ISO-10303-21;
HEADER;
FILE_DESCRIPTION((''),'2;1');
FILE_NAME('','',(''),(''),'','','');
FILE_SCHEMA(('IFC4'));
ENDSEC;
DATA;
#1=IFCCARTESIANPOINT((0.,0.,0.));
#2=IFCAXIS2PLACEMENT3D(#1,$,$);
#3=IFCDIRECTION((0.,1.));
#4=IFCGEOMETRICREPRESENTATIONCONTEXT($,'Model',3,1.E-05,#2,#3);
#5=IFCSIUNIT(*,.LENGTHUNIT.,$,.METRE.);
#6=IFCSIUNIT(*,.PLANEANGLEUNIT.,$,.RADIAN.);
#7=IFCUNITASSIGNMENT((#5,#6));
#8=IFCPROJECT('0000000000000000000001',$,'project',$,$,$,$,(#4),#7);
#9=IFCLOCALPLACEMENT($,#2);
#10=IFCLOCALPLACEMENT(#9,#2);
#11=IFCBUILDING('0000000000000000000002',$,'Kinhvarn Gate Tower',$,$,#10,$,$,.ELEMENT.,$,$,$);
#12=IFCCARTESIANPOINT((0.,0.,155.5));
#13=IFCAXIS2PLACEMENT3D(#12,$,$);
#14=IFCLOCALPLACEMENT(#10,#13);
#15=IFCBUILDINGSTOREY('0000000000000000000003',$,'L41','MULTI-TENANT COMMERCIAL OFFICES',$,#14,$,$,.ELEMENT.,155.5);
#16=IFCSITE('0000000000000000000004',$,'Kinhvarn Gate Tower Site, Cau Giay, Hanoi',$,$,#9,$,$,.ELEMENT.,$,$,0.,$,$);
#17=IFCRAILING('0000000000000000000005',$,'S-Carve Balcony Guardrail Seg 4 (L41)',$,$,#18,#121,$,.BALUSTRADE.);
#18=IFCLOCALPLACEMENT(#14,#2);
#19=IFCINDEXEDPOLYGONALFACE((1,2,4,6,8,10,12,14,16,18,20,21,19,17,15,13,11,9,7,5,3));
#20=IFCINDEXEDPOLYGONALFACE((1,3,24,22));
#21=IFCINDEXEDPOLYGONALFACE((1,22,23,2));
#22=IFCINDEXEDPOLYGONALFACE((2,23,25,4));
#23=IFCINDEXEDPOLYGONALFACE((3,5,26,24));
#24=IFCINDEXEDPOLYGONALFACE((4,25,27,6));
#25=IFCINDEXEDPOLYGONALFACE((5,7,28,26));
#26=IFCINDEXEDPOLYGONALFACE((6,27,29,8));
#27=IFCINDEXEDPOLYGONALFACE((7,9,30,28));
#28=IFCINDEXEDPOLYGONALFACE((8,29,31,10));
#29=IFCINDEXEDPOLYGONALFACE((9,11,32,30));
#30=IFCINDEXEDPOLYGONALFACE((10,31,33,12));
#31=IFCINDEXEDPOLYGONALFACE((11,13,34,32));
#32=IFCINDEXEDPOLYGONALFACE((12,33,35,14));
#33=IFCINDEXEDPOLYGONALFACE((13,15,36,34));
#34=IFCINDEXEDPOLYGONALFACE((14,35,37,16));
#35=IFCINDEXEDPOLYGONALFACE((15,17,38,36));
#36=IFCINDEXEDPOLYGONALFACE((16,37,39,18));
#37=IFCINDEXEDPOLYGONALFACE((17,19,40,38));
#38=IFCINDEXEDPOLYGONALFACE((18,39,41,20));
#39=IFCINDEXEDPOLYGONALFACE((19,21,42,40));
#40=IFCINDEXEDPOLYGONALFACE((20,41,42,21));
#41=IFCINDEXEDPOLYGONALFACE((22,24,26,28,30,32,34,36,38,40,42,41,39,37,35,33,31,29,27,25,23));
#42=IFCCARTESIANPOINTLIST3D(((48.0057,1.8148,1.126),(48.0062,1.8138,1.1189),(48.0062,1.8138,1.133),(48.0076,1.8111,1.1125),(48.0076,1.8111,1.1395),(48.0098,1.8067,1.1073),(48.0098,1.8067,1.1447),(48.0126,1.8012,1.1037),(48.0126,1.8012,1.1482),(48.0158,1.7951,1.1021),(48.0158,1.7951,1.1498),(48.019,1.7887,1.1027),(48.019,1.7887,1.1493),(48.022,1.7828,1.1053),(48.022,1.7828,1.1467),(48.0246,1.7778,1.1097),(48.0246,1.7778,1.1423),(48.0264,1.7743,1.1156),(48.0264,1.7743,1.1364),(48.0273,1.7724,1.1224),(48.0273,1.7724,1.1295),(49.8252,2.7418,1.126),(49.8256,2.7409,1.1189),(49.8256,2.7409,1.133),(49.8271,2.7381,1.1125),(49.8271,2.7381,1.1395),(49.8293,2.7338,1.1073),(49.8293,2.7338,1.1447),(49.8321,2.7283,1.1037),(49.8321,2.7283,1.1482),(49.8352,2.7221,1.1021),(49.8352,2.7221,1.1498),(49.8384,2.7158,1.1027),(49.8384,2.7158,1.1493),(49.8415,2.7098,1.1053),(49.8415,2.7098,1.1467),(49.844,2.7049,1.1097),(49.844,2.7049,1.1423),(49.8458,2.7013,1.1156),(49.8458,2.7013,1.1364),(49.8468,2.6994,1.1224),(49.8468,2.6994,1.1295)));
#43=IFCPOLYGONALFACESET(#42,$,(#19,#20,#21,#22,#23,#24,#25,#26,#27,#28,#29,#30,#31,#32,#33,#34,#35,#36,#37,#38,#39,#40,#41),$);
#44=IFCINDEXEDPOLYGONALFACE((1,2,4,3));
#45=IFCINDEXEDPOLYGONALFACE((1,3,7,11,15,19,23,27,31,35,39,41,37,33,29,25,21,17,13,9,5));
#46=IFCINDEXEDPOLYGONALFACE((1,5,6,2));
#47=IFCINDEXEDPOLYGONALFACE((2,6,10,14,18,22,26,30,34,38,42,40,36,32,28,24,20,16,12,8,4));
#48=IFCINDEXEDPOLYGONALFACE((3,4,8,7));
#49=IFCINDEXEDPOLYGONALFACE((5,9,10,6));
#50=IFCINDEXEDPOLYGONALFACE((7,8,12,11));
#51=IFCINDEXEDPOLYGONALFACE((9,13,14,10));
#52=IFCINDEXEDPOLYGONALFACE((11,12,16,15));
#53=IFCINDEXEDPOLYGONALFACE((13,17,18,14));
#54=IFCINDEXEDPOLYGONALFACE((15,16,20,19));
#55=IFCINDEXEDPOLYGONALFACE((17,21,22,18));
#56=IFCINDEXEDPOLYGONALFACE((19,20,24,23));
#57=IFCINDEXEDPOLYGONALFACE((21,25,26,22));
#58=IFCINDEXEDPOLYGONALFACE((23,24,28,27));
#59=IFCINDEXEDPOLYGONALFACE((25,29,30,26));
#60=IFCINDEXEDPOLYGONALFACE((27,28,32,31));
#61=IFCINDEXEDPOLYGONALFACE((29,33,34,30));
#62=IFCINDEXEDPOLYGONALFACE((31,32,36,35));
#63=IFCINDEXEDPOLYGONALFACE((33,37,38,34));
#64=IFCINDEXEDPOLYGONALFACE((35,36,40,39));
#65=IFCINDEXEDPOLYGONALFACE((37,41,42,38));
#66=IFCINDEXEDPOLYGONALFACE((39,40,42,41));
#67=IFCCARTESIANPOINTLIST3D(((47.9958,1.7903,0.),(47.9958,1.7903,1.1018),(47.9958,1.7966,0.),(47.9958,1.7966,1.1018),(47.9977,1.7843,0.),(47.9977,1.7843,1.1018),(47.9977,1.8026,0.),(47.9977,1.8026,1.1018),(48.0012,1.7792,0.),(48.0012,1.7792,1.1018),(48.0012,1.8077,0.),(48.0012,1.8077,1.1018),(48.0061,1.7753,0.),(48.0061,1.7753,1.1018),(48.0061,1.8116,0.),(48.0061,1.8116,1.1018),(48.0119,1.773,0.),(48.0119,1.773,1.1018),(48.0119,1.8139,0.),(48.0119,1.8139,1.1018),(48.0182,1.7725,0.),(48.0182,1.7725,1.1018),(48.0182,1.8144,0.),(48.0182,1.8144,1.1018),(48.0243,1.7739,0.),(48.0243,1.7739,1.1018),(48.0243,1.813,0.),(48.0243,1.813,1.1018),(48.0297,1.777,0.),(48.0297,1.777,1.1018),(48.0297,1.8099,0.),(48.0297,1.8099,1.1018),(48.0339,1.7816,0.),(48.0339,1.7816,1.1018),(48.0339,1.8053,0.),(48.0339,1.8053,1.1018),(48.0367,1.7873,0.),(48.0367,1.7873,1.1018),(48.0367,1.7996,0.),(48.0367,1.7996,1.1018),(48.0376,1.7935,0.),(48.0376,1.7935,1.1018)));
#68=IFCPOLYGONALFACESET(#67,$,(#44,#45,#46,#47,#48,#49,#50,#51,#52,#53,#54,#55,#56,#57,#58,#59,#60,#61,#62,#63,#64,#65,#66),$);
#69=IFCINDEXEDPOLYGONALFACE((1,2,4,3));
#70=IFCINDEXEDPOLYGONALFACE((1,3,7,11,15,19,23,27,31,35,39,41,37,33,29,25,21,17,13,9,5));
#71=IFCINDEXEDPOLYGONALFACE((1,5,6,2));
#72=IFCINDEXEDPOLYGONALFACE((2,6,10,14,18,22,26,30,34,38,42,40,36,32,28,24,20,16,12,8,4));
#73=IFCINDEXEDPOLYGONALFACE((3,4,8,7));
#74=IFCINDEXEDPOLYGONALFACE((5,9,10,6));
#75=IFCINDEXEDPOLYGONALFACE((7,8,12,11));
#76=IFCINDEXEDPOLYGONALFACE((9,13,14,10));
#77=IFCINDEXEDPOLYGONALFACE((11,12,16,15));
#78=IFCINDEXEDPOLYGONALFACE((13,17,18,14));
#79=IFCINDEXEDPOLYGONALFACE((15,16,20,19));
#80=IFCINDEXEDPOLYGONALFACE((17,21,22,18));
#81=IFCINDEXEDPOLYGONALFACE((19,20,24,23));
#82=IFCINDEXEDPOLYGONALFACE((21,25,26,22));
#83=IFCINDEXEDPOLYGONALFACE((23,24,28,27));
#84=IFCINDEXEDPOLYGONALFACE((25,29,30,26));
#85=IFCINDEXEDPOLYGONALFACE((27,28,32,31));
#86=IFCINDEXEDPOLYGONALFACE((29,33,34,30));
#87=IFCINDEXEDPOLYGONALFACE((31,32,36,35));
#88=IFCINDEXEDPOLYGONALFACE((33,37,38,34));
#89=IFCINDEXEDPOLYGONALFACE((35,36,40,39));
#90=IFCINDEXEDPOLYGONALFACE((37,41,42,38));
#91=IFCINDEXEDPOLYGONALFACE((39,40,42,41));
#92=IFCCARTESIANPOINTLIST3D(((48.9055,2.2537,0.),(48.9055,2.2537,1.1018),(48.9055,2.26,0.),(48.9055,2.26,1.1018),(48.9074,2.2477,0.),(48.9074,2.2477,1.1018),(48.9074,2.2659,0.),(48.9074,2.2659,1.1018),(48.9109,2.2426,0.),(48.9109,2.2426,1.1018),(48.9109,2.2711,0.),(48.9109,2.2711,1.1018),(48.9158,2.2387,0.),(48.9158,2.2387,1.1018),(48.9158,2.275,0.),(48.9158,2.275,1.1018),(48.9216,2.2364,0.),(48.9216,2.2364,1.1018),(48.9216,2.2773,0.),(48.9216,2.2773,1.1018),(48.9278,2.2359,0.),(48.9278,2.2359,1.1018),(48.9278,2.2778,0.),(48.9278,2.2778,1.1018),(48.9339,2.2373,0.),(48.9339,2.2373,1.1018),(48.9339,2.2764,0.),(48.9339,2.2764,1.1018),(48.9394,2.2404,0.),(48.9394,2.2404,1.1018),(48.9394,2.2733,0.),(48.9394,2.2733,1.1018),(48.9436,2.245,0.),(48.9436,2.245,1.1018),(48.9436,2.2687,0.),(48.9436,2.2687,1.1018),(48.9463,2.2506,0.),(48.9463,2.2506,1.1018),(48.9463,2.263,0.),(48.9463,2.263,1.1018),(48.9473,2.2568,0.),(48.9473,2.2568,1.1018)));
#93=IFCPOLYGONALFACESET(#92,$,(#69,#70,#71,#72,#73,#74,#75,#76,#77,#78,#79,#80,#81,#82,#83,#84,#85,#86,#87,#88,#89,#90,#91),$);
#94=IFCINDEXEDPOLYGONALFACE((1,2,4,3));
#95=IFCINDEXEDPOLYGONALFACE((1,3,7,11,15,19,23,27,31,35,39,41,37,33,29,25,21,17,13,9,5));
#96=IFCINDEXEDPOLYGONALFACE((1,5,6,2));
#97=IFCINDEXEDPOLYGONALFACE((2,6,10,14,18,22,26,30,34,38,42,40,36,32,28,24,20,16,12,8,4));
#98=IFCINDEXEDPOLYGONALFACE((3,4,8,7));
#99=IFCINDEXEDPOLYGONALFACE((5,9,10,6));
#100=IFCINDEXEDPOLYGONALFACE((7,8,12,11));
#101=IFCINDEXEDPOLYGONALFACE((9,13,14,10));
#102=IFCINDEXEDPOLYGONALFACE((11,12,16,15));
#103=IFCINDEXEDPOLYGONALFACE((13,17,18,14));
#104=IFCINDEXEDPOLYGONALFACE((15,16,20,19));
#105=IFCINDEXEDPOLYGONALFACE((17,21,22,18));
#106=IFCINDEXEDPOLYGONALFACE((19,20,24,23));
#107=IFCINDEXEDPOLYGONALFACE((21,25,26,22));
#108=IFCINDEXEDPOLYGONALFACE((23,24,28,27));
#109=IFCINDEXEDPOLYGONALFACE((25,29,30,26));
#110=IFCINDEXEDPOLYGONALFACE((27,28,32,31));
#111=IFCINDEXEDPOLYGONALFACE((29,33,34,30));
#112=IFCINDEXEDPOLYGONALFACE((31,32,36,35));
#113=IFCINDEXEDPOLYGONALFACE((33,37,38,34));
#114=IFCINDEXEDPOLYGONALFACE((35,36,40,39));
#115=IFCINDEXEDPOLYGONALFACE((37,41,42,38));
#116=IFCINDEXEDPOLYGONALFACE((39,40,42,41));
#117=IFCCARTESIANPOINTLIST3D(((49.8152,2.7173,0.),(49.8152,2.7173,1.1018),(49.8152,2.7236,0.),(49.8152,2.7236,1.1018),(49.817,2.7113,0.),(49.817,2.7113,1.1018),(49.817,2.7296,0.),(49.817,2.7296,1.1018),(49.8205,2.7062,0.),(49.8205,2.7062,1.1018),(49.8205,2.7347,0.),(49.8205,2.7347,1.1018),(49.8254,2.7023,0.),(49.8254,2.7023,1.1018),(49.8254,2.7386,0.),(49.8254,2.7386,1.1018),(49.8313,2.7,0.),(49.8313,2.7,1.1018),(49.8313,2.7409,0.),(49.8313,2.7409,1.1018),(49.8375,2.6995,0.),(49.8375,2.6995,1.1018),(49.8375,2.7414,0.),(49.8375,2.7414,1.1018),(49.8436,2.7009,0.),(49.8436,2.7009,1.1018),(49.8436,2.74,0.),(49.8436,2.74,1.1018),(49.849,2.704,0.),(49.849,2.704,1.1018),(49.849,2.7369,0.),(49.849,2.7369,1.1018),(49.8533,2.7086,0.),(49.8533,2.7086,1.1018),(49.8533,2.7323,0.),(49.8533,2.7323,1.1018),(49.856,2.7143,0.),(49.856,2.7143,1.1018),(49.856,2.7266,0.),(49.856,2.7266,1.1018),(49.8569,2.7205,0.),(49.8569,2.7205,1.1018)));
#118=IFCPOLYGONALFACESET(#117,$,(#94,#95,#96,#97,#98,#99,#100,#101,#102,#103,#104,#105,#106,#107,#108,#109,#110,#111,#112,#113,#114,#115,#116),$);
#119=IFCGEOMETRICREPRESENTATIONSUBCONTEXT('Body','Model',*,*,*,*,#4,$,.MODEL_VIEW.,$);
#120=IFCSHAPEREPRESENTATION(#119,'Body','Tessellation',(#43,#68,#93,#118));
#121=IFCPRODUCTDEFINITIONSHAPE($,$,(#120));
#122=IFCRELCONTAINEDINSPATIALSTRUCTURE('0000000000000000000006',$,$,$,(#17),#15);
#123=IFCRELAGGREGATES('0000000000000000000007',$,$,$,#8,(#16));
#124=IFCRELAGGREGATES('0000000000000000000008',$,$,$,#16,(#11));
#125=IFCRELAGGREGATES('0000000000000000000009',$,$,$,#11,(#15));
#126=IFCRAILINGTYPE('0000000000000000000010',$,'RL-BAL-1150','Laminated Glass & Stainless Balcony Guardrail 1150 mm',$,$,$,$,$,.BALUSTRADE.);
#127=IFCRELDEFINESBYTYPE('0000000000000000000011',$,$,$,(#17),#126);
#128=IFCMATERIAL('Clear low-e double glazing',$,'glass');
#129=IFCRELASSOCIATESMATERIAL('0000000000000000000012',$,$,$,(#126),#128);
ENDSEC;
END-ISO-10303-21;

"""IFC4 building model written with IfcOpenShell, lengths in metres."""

from ifc_helpers import new_model, si_unit, direction, frame, origin, origin_2d, place, context, subcontext, project, spatial, circle, extrude, material, type_object, element, save


model = new_model("IFC4")

# Units and contexts
model_context = context("Model", 3, precision=1e-05, world=origin(), true_north=direction((0.0, 1.0)))
body_context = subcontext(model_context, "Body", "Model", "MODEL_VIEW")
ifc_project = project(units=[si_unit("LENGTHUNIT", "METRE"), si_unit("PLANEANGLEUNIT", "RADIAN")], contexts=[model_context])

# Site, building, storey
site_placement = place(None, origin())
site = spatial("IfcSite", under=ifc_project, at=site_placement, Name="Kinhvarn Gate Tower Site, Cau Giay, Hanoi", CompositionType="ELEMENT", RefElevation=0.0)
building_placement = place(site_placement, origin())
building = spatial("IfcBuilding", under=site, at=building_placement, Name="Kinhvarn Gate Tower", CompositionType="ELEMENT")
storey_placement = place(building_placement, frame((0.0, 0.0, 155.5)))
storey = spatial("IfcBuildingStorey", under=building, at=storey_placement, Name="L41", Description="MULTI-TENANT COMMERCIAL OFFICES", CompositionType="ELEMENT", Elevation=155.5)

# Shared definitions
ifc_material_1 = material(Name="Clear low-e double glazing", Category="glass")

# Railing
railing_type = type_object("IfcRailingType", Name="RL-BAL-1150", Description="Laminated Glass & Stainless Balcony Guardrail 1150 mm", PredefinedType="BALUSTRADE", material=ifc_material_1)
railing_1_placement = place(storey_placement, frame((48.0166, 1.7935, 0.0)))
element("IfcRailing", 1, at=railing_1_placement, inside=storey, type_object=railing_type, Name="S-Carve Balcony Guardrail Seg 4 (L41)", PredefinedType="BALUSTRADE", context=body_context, shape_type="SweptSolid", body=[
    extrude(circle(Radius=0.0239, at=origin_2d()), frame((0.0, 0.0, 1.126), z_axis=(0.891006, 0.453992, 0.0), x_axis=(-0.453992, 0.891006, 0.0)), (0.0, 0.0, 1.0), 2.042),
    extrude(circle(Radius=0.021, at=origin_2d()), origin(), (0.0, 0.0, 1.0), 1.1018),
    extrude(circle(Radius=0.021, at=origin_2d()), frame((0.9097, 0.4634, 0.0)), (0.0, 0.0, 1.0), 1.1018),
    extrude(circle(Radius=0.021, at=origin_2d()), frame((1.8193, 0.927, 0.0)), (0.0, 0.0, 1.0), 1.1018),
])

save(model, "model.ifc")
